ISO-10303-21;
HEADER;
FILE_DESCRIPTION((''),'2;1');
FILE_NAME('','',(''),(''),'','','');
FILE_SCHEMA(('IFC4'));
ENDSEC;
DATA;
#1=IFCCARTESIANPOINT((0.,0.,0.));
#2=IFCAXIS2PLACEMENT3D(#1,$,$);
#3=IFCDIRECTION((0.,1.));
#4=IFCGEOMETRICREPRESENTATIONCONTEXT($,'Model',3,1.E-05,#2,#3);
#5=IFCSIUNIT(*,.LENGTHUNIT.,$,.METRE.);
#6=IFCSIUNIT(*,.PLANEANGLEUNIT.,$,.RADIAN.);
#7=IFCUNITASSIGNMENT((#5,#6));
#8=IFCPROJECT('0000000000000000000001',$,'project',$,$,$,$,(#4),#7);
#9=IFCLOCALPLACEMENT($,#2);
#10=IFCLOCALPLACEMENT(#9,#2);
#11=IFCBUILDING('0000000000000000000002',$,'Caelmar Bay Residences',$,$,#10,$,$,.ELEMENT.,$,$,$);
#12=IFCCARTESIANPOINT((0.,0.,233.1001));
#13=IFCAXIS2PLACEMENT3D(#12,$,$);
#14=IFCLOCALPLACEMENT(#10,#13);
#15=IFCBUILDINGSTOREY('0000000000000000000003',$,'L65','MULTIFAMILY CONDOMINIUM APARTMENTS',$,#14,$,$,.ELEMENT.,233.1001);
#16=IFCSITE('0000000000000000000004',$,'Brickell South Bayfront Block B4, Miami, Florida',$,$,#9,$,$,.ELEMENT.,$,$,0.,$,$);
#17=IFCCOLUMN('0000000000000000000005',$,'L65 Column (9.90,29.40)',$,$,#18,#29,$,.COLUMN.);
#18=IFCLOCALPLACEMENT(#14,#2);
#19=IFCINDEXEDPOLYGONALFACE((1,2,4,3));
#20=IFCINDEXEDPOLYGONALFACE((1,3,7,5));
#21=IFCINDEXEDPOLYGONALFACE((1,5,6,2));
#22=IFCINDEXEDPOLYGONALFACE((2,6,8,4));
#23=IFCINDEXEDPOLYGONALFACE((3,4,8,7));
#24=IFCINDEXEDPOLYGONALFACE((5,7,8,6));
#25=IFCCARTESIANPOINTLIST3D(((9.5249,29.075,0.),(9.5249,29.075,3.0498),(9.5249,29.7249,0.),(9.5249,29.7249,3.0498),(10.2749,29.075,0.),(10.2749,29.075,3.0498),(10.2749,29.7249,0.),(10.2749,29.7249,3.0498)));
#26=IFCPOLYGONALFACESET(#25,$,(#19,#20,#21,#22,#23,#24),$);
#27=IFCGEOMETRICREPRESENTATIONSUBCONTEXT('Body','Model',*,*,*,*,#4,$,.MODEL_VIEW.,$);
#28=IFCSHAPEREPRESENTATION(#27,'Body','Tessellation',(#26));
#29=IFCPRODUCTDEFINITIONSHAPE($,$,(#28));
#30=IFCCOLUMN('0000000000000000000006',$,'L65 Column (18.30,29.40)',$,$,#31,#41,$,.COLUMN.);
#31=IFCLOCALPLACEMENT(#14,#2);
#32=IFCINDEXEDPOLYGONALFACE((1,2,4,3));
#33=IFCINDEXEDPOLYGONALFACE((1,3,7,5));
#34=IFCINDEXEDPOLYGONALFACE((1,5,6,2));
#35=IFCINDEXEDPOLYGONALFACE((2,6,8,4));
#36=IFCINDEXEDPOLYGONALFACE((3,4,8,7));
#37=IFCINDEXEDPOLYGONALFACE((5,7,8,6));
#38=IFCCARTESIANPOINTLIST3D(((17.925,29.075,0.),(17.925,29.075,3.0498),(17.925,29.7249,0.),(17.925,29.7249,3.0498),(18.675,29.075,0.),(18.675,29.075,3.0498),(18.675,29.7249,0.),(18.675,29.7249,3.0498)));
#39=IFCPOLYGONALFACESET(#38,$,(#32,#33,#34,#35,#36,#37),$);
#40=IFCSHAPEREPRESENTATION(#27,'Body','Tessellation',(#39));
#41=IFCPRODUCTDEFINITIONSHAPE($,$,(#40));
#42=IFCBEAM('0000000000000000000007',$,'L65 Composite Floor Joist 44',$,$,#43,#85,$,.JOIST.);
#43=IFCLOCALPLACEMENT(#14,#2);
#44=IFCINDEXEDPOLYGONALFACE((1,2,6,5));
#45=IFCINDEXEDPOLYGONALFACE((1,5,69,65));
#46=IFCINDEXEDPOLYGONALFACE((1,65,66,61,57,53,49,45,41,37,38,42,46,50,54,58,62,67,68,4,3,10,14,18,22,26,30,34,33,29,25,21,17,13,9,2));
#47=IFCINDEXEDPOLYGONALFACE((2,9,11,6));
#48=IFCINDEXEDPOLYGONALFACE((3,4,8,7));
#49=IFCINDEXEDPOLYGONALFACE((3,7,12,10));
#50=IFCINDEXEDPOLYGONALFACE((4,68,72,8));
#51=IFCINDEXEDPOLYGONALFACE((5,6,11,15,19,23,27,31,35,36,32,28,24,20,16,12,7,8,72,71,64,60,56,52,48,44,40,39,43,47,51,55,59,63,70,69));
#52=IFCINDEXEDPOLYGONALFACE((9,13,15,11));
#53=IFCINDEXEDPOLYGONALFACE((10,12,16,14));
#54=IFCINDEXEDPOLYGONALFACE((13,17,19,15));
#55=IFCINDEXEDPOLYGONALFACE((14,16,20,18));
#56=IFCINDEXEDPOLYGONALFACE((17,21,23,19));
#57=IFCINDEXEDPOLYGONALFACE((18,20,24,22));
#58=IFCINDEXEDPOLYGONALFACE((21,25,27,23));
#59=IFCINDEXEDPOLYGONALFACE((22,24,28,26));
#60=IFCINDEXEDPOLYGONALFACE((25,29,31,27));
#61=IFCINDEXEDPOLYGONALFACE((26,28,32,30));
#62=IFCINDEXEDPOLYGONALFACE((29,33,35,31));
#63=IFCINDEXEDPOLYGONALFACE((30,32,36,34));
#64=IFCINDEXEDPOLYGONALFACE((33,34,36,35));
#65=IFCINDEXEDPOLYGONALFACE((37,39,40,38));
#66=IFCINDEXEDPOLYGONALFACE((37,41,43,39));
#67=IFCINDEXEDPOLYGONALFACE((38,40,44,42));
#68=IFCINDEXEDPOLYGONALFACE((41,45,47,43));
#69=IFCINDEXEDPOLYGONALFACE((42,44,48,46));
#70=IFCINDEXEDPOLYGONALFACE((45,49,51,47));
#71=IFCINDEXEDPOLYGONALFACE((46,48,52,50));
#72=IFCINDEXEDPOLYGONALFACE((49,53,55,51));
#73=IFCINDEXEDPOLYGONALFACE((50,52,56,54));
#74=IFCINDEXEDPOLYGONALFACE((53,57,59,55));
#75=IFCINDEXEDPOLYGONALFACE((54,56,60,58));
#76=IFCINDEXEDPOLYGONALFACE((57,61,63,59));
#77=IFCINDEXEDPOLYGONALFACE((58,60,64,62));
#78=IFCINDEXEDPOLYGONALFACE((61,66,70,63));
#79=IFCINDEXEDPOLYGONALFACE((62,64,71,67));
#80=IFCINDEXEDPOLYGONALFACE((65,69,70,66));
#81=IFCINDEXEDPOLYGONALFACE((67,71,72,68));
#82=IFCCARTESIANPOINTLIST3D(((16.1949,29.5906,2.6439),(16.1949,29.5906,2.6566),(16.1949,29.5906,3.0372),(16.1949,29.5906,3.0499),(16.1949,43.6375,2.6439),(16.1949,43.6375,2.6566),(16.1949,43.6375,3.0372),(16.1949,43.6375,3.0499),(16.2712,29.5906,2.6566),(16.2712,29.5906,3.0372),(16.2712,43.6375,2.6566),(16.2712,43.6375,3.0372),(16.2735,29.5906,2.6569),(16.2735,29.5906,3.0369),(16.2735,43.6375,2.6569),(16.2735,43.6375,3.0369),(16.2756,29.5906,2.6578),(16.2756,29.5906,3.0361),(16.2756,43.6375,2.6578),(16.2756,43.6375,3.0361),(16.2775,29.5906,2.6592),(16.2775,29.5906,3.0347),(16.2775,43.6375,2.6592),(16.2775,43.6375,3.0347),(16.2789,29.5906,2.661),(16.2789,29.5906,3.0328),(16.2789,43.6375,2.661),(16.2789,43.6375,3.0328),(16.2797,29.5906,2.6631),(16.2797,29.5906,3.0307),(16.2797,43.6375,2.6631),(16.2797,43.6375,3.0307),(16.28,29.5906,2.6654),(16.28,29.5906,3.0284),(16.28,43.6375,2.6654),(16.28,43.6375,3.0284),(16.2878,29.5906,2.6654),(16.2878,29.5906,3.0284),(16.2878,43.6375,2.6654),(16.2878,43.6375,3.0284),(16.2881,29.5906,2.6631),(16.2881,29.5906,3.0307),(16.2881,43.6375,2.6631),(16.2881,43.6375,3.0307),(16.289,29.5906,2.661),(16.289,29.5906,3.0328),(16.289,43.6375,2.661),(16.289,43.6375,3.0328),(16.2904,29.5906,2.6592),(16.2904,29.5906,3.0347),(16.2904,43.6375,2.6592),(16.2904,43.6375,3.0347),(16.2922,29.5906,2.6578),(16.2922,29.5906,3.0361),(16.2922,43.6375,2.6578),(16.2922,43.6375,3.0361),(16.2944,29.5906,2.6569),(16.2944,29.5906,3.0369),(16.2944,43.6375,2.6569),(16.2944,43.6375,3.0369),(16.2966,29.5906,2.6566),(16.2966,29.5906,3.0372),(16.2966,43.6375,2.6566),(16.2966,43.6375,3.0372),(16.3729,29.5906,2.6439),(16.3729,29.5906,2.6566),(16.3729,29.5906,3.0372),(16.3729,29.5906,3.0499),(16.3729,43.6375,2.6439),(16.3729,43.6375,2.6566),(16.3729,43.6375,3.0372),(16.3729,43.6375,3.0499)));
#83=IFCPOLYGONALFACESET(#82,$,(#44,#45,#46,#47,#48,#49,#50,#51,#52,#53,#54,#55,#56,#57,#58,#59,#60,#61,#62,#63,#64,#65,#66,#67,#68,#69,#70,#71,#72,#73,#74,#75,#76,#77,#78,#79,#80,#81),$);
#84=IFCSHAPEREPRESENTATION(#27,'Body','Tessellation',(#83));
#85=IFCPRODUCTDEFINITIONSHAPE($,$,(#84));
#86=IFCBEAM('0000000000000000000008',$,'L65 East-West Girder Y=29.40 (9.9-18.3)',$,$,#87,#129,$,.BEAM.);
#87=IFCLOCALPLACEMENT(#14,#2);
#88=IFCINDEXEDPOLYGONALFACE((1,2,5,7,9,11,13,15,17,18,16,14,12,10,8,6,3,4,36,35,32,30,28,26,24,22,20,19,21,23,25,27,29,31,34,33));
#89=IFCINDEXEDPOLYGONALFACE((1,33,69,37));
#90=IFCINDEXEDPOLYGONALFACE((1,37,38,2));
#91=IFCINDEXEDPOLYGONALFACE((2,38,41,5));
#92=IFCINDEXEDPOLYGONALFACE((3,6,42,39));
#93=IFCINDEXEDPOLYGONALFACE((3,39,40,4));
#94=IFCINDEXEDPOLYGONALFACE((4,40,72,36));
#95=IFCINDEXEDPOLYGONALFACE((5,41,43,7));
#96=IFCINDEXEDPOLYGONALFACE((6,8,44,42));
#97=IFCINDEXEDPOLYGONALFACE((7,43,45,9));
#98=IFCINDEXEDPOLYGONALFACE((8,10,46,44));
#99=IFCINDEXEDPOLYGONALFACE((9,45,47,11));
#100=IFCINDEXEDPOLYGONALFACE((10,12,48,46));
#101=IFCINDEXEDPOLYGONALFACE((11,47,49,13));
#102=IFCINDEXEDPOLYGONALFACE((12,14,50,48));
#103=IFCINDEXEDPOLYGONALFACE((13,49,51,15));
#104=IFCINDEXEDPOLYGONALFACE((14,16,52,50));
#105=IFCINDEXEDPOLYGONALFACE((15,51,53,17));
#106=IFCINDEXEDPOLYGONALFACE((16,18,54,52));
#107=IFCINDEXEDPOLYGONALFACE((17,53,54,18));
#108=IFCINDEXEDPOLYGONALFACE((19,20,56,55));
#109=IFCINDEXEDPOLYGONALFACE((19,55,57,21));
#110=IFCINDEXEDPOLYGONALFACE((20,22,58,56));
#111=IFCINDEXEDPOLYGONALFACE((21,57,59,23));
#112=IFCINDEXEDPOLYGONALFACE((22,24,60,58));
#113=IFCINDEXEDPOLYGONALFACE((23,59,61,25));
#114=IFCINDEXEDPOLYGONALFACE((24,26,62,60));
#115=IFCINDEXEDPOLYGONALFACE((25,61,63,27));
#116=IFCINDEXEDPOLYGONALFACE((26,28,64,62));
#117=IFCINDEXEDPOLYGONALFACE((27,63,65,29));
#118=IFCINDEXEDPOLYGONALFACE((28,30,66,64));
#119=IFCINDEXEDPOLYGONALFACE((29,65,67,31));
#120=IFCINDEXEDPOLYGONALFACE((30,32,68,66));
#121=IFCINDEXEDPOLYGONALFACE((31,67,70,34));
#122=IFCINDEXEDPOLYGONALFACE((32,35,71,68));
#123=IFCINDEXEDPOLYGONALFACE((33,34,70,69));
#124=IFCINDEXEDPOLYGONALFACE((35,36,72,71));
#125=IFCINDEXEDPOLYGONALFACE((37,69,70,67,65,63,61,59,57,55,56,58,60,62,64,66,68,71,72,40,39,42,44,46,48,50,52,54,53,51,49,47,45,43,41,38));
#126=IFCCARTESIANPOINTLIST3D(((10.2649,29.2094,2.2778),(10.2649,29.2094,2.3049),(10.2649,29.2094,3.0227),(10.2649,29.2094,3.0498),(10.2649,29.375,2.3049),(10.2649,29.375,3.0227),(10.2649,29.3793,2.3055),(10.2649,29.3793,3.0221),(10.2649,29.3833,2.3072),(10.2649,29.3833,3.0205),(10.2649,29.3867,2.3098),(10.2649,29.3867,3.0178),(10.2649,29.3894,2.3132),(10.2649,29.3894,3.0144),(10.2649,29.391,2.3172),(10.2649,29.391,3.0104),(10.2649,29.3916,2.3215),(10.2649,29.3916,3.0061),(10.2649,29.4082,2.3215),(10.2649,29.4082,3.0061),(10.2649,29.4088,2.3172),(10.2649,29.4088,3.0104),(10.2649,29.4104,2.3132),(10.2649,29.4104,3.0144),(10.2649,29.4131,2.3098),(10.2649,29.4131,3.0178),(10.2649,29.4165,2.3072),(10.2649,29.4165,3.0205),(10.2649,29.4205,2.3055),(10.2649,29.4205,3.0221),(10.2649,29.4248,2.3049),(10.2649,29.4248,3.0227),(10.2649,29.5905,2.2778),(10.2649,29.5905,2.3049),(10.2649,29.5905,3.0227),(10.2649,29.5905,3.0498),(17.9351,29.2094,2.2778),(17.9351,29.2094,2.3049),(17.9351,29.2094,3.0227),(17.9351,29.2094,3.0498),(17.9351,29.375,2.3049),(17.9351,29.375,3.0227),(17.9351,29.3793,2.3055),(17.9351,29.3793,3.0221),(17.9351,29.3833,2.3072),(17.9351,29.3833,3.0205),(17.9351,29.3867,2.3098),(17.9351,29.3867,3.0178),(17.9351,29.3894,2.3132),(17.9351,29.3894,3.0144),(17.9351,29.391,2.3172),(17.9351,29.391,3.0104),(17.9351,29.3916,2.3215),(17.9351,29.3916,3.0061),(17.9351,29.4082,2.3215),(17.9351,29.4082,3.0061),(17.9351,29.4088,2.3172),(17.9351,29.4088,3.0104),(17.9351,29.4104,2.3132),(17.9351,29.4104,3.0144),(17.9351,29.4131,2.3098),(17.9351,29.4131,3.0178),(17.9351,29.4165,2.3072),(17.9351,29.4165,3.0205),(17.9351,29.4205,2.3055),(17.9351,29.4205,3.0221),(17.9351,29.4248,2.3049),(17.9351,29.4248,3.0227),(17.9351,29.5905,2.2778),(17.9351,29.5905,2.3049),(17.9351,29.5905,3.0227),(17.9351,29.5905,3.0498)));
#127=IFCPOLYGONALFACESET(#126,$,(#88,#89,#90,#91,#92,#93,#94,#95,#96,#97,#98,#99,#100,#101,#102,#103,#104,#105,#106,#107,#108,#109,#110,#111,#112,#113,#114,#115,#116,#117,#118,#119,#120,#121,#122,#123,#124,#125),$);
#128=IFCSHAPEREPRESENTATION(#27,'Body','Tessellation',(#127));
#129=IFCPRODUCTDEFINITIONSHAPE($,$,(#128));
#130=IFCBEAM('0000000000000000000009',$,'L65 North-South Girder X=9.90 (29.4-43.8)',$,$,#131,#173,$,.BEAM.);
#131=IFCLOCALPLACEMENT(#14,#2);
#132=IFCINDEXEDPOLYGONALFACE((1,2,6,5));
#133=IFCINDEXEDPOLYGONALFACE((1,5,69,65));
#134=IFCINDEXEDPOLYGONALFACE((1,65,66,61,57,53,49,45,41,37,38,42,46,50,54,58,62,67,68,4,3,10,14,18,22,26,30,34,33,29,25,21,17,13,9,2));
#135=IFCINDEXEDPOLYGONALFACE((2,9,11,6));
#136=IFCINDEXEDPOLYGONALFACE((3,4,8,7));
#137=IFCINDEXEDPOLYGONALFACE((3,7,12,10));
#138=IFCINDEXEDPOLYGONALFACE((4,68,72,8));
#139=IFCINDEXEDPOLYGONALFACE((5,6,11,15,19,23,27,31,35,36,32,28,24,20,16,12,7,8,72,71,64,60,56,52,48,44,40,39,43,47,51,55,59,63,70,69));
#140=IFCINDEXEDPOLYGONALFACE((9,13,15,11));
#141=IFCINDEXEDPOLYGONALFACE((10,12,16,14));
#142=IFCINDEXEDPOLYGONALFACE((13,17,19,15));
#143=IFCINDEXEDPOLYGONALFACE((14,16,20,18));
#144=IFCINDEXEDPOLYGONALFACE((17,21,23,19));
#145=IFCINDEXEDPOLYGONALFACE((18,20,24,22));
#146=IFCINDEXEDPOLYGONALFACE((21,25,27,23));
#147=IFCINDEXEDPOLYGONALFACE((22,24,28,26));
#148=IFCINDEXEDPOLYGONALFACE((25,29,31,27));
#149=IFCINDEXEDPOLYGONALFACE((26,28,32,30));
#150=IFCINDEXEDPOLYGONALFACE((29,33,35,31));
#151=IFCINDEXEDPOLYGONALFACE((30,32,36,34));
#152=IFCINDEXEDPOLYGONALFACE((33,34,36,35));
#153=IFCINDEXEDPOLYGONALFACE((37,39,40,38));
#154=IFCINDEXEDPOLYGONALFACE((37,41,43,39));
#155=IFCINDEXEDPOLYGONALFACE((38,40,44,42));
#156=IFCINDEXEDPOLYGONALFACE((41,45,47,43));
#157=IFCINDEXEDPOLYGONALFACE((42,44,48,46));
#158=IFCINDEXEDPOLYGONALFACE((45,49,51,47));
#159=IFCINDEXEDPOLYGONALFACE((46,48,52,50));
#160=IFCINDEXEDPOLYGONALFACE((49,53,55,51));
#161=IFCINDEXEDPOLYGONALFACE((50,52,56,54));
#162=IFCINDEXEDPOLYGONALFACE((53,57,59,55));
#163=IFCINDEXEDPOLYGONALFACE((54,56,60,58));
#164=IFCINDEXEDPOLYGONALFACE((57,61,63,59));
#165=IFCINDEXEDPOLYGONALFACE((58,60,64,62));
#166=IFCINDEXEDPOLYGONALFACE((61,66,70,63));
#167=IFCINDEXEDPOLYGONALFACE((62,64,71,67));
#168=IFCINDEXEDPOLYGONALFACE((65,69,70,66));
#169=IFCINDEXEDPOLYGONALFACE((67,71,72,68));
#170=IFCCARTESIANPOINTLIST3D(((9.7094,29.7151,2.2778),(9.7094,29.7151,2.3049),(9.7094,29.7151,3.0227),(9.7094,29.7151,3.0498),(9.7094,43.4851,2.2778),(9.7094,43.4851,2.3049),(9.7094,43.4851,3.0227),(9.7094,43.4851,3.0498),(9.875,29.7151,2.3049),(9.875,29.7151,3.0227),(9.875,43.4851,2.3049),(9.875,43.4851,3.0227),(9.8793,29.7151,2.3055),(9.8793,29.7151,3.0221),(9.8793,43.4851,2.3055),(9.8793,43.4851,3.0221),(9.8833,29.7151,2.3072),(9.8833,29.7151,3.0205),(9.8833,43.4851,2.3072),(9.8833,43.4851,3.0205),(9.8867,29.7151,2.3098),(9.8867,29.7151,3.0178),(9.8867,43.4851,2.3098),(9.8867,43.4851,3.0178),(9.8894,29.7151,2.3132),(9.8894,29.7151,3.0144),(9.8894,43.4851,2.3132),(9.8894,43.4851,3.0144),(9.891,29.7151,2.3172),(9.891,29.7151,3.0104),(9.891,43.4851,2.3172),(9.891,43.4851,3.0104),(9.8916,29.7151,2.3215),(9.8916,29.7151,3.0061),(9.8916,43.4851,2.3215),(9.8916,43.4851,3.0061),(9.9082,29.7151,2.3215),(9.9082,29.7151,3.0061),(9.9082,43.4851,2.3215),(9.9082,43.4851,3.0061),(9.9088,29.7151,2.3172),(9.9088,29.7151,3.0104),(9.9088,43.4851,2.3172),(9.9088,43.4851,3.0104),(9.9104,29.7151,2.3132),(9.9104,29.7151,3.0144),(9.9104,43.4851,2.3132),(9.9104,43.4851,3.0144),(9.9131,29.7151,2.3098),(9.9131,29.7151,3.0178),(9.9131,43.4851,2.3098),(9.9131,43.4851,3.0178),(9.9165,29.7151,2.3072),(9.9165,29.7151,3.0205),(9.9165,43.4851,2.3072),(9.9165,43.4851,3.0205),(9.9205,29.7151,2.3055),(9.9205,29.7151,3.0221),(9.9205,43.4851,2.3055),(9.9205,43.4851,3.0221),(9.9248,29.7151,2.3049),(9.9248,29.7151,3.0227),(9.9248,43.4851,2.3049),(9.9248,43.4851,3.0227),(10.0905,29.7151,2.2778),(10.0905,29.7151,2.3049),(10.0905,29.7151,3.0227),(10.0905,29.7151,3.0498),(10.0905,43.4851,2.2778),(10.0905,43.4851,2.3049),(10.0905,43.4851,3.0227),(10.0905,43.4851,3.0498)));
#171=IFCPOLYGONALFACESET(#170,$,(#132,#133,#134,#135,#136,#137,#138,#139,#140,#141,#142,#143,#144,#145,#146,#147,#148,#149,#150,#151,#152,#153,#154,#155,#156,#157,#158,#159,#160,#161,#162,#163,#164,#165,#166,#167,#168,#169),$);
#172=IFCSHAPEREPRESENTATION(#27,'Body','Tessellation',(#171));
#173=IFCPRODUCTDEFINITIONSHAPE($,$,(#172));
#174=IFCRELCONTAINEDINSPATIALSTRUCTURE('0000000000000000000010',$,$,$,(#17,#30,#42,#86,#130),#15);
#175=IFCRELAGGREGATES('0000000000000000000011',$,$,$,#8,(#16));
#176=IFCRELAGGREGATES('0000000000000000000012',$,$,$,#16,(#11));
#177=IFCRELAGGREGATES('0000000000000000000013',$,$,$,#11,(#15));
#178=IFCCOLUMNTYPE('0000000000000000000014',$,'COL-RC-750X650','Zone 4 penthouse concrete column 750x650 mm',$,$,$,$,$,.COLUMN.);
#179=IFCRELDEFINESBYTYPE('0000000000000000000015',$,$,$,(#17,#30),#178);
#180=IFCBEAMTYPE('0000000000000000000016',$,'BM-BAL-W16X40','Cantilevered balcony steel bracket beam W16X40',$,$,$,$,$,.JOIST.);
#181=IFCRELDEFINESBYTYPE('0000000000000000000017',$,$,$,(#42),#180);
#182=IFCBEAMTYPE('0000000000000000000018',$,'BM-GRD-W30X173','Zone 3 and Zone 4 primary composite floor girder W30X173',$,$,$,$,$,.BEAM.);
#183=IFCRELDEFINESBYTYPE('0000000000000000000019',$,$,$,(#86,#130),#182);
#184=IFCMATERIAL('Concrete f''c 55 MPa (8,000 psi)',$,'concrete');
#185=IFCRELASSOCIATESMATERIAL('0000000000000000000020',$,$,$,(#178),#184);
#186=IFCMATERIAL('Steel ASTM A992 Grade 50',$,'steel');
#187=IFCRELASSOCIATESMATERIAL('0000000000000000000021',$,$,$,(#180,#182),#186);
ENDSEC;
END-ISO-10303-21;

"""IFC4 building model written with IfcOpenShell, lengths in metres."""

from ifc_helpers import new_model, si_unit, direction, frame, origin, origin_2d, place, context, subcontext, project, spatial, rectangle, i_section, extrude, material, material_profile, profile_set, type_object, element, save


model = new_model("IFC4")

# Units and contexts
model_context = context("Model", 3, precision=1e-05, world=origin(), true_north=direction((0.0, 1.0)))
body_context = subcontext(model_context, "Body", "Model", "MODEL_VIEW")
ifc_project = project(units=[si_unit("LENGTHUNIT", "METRE"), si_unit("PLANEANGLEUNIT", "RADIAN")], contexts=[model_context])

# Site, building, storey
site_placement = place(None, origin())
site = spatial("IfcSite", under=ifc_project, at=site_placement, Name="Brickell South Bayfront Block B4, Miami, Florida", CompositionType="ELEMENT", RefElevation=0.0)
building_placement = place(site_placement, origin())
building = spatial("IfcBuilding", under=site, at=building_placement, Name="Caelmar Bay Residences", CompositionType="ELEMENT")
storey_placement = place(building_placement, frame((0.0, 0.0, 233.1001)))
storey = spatial("IfcBuildingStorey", under=building, at=storey_placement, Name="L65", Description="MULTIFAMILY CONDOMINIUM APARTMENTS", CompositionType="ELEMENT", Elevation=233.1001)

# Columns
ifc_material_1 = material(Name="Concrete f'c 55 MPa (8,000 psi)", Category="concrete")
ifc_material_profile_1 = material_profile(ifc_material_1, rectangle(XDim=0.75, YDim=0.6499, at=origin_2d()), Name="RC-COL-750X650")
ifc_profile_set_1 = profile_set([ifc_material_profile_1], Name="Concrete f'c 55 MPa (8,000 psi)")
column_type = type_object("IfcColumnType", Name="COL-RC-750X650", Description="Zone 4 penthouse concrete column 750x650 mm", PredefinedType="COLUMN", material=ifc_profile_set_1)
for number, where, z_axis, x_axis, name in (
    (1, (9.8999, 29.3999, 0.0), (0.0, 0.0, 1.0), (1.0, 0.0, 0.0), "L65 Column (9.90,29.40)"),
    (2, (18.3, 29.3999, 0.0), (0.0, 0.0, 1.0), (1.0, 0.0, 0.0), "L65 Column (18.30,29.40)"),
):
    element("IfcColumn", number, at=place(storey_placement, frame(where, z_axis=z_axis, x_axis=x_axis)), inside=storey, type_object=column_type, Name=name, PredefinedType="COLUMN", context=body_context, shape_type="SweptSolid", body=[
        extrude(rectangle(XDim=0.75, YDim=0.6499, at=origin_2d()), origin(), (0.0, 0.0, 1.0), 3.0498),
    ])

# Beams
ifc_material_2 = material(Name="Steel ASTM A992 Grade 50", Category="steel")
ifc_material_profile_2 = material_profile(ifc_material_2, i_section(OverallWidth=0.178, OverallDepth=0.406, WebThickness=0.0078, FlangeThickness=0.0127, FilletRadius=0.0088, at=origin_2d()), Name="W16X40")
ifc_profile_set_2 = profile_set([ifc_material_profile_2], Name="Steel ASTM A992 Grade 50")
beam_type_1 = type_object("IfcBeamType", Name="BM-BAL-W16X40", Description="Cantilevered balcony steel bracket beam W16X40", PredefinedType="JOIST", material=ifc_profile_set_2)
beam_1_placement = place(storey_placement, frame((16.2839, 29.5906, 2.8469), z_axis=(0.0, 1.0, 0.0), x_axis=(-1.0, 0.0, 0.0)))
element("IfcBeam", 3, at=beam_1_placement, inside=storey, type_object=beam_type_1, Name="L65 Composite Floor Joist 44", PredefinedType="JOIST", context=body_context, shape_type="SweptSolid", body=[
    extrude(i_section(OverallWidth=0.178, OverallDepth=0.406, WebThickness=0.0078, FlangeThickness=0.0127, FilletRadius=0.0088, at=origin_2d()), origin(), (0.0, 0.0, 1.0), 14.0469),
])
ifc_material_profile_3 = material_profile(ifc_material_2, i_section(OverallWidth=0.3811, OverallDepth=0.772, WebThickness=0.0166, FlangeThickness=0.0271, FilletRadius=0.0166, at=origin_2d()), Name="W30X173")
ifc_profile_set_3 = profile_set([ifc_material_profile_3], Name="Steel ASTM A992 Grade 50")
beam_type_2 = type_object("IfcBeamType", Name="BM-GRD-W30X173", Description="Zone 3 and Zone 4 primary composite floor girder W30X173", PredefinedType="BEAM", material=ifc_profile_set_3)
beam_2_placement = place(storey_placement, frame((10.2649, 29.3999, 2.6638), z_axis=(1.0, 0.0, 0.0), x_axis=(0.0, 1.0, 0.0)))
element("IfcBeam", 4, at=beam_2_placement, inside=storey, type_object=beam_type_2, Name="L65 East-West Girder Y=29.40 (9.9-18.3)", PredefinedType="BEAM", context=body_context, shape_type="SweptSolid", body=[
    extrude(i_section(OverallWidth=0.3811, OverallDepth=0.772, WebThickness=0.0166, FlangeThickness=0.0271, FilletRadius=0.0166, at=origin_2d()), origin(), (0.0, 0.0, 1.0), 7.6702),
])
beam_3_placement = place(storey_placement, frame((9.8999, 29.7151, 2.6638), z_axis=(0.0, 1.0, 0.0), x_axis=(-1.0, 0.0, 0.0)))
element("IfcBeam", 5, at=beam_3_placement, inside=storey, type_object=beam_type_2, Name="L65 North-South Girder X=9.90 (29.4-43.8)", PredefinedType="BEAM", context=body_context, shape_type="SweptSolid", body=[
    extrude(i_section(OverallWidth=0.3811, OverallDepth=0.772, WebThickness=0.0166, FlangeThickness=0.0271, FilletRadius=0.0166, at=origin_2d()), origin(), (0.0, 0.0, 1.0), 13.77),
])

save(model, "model.ifc")
